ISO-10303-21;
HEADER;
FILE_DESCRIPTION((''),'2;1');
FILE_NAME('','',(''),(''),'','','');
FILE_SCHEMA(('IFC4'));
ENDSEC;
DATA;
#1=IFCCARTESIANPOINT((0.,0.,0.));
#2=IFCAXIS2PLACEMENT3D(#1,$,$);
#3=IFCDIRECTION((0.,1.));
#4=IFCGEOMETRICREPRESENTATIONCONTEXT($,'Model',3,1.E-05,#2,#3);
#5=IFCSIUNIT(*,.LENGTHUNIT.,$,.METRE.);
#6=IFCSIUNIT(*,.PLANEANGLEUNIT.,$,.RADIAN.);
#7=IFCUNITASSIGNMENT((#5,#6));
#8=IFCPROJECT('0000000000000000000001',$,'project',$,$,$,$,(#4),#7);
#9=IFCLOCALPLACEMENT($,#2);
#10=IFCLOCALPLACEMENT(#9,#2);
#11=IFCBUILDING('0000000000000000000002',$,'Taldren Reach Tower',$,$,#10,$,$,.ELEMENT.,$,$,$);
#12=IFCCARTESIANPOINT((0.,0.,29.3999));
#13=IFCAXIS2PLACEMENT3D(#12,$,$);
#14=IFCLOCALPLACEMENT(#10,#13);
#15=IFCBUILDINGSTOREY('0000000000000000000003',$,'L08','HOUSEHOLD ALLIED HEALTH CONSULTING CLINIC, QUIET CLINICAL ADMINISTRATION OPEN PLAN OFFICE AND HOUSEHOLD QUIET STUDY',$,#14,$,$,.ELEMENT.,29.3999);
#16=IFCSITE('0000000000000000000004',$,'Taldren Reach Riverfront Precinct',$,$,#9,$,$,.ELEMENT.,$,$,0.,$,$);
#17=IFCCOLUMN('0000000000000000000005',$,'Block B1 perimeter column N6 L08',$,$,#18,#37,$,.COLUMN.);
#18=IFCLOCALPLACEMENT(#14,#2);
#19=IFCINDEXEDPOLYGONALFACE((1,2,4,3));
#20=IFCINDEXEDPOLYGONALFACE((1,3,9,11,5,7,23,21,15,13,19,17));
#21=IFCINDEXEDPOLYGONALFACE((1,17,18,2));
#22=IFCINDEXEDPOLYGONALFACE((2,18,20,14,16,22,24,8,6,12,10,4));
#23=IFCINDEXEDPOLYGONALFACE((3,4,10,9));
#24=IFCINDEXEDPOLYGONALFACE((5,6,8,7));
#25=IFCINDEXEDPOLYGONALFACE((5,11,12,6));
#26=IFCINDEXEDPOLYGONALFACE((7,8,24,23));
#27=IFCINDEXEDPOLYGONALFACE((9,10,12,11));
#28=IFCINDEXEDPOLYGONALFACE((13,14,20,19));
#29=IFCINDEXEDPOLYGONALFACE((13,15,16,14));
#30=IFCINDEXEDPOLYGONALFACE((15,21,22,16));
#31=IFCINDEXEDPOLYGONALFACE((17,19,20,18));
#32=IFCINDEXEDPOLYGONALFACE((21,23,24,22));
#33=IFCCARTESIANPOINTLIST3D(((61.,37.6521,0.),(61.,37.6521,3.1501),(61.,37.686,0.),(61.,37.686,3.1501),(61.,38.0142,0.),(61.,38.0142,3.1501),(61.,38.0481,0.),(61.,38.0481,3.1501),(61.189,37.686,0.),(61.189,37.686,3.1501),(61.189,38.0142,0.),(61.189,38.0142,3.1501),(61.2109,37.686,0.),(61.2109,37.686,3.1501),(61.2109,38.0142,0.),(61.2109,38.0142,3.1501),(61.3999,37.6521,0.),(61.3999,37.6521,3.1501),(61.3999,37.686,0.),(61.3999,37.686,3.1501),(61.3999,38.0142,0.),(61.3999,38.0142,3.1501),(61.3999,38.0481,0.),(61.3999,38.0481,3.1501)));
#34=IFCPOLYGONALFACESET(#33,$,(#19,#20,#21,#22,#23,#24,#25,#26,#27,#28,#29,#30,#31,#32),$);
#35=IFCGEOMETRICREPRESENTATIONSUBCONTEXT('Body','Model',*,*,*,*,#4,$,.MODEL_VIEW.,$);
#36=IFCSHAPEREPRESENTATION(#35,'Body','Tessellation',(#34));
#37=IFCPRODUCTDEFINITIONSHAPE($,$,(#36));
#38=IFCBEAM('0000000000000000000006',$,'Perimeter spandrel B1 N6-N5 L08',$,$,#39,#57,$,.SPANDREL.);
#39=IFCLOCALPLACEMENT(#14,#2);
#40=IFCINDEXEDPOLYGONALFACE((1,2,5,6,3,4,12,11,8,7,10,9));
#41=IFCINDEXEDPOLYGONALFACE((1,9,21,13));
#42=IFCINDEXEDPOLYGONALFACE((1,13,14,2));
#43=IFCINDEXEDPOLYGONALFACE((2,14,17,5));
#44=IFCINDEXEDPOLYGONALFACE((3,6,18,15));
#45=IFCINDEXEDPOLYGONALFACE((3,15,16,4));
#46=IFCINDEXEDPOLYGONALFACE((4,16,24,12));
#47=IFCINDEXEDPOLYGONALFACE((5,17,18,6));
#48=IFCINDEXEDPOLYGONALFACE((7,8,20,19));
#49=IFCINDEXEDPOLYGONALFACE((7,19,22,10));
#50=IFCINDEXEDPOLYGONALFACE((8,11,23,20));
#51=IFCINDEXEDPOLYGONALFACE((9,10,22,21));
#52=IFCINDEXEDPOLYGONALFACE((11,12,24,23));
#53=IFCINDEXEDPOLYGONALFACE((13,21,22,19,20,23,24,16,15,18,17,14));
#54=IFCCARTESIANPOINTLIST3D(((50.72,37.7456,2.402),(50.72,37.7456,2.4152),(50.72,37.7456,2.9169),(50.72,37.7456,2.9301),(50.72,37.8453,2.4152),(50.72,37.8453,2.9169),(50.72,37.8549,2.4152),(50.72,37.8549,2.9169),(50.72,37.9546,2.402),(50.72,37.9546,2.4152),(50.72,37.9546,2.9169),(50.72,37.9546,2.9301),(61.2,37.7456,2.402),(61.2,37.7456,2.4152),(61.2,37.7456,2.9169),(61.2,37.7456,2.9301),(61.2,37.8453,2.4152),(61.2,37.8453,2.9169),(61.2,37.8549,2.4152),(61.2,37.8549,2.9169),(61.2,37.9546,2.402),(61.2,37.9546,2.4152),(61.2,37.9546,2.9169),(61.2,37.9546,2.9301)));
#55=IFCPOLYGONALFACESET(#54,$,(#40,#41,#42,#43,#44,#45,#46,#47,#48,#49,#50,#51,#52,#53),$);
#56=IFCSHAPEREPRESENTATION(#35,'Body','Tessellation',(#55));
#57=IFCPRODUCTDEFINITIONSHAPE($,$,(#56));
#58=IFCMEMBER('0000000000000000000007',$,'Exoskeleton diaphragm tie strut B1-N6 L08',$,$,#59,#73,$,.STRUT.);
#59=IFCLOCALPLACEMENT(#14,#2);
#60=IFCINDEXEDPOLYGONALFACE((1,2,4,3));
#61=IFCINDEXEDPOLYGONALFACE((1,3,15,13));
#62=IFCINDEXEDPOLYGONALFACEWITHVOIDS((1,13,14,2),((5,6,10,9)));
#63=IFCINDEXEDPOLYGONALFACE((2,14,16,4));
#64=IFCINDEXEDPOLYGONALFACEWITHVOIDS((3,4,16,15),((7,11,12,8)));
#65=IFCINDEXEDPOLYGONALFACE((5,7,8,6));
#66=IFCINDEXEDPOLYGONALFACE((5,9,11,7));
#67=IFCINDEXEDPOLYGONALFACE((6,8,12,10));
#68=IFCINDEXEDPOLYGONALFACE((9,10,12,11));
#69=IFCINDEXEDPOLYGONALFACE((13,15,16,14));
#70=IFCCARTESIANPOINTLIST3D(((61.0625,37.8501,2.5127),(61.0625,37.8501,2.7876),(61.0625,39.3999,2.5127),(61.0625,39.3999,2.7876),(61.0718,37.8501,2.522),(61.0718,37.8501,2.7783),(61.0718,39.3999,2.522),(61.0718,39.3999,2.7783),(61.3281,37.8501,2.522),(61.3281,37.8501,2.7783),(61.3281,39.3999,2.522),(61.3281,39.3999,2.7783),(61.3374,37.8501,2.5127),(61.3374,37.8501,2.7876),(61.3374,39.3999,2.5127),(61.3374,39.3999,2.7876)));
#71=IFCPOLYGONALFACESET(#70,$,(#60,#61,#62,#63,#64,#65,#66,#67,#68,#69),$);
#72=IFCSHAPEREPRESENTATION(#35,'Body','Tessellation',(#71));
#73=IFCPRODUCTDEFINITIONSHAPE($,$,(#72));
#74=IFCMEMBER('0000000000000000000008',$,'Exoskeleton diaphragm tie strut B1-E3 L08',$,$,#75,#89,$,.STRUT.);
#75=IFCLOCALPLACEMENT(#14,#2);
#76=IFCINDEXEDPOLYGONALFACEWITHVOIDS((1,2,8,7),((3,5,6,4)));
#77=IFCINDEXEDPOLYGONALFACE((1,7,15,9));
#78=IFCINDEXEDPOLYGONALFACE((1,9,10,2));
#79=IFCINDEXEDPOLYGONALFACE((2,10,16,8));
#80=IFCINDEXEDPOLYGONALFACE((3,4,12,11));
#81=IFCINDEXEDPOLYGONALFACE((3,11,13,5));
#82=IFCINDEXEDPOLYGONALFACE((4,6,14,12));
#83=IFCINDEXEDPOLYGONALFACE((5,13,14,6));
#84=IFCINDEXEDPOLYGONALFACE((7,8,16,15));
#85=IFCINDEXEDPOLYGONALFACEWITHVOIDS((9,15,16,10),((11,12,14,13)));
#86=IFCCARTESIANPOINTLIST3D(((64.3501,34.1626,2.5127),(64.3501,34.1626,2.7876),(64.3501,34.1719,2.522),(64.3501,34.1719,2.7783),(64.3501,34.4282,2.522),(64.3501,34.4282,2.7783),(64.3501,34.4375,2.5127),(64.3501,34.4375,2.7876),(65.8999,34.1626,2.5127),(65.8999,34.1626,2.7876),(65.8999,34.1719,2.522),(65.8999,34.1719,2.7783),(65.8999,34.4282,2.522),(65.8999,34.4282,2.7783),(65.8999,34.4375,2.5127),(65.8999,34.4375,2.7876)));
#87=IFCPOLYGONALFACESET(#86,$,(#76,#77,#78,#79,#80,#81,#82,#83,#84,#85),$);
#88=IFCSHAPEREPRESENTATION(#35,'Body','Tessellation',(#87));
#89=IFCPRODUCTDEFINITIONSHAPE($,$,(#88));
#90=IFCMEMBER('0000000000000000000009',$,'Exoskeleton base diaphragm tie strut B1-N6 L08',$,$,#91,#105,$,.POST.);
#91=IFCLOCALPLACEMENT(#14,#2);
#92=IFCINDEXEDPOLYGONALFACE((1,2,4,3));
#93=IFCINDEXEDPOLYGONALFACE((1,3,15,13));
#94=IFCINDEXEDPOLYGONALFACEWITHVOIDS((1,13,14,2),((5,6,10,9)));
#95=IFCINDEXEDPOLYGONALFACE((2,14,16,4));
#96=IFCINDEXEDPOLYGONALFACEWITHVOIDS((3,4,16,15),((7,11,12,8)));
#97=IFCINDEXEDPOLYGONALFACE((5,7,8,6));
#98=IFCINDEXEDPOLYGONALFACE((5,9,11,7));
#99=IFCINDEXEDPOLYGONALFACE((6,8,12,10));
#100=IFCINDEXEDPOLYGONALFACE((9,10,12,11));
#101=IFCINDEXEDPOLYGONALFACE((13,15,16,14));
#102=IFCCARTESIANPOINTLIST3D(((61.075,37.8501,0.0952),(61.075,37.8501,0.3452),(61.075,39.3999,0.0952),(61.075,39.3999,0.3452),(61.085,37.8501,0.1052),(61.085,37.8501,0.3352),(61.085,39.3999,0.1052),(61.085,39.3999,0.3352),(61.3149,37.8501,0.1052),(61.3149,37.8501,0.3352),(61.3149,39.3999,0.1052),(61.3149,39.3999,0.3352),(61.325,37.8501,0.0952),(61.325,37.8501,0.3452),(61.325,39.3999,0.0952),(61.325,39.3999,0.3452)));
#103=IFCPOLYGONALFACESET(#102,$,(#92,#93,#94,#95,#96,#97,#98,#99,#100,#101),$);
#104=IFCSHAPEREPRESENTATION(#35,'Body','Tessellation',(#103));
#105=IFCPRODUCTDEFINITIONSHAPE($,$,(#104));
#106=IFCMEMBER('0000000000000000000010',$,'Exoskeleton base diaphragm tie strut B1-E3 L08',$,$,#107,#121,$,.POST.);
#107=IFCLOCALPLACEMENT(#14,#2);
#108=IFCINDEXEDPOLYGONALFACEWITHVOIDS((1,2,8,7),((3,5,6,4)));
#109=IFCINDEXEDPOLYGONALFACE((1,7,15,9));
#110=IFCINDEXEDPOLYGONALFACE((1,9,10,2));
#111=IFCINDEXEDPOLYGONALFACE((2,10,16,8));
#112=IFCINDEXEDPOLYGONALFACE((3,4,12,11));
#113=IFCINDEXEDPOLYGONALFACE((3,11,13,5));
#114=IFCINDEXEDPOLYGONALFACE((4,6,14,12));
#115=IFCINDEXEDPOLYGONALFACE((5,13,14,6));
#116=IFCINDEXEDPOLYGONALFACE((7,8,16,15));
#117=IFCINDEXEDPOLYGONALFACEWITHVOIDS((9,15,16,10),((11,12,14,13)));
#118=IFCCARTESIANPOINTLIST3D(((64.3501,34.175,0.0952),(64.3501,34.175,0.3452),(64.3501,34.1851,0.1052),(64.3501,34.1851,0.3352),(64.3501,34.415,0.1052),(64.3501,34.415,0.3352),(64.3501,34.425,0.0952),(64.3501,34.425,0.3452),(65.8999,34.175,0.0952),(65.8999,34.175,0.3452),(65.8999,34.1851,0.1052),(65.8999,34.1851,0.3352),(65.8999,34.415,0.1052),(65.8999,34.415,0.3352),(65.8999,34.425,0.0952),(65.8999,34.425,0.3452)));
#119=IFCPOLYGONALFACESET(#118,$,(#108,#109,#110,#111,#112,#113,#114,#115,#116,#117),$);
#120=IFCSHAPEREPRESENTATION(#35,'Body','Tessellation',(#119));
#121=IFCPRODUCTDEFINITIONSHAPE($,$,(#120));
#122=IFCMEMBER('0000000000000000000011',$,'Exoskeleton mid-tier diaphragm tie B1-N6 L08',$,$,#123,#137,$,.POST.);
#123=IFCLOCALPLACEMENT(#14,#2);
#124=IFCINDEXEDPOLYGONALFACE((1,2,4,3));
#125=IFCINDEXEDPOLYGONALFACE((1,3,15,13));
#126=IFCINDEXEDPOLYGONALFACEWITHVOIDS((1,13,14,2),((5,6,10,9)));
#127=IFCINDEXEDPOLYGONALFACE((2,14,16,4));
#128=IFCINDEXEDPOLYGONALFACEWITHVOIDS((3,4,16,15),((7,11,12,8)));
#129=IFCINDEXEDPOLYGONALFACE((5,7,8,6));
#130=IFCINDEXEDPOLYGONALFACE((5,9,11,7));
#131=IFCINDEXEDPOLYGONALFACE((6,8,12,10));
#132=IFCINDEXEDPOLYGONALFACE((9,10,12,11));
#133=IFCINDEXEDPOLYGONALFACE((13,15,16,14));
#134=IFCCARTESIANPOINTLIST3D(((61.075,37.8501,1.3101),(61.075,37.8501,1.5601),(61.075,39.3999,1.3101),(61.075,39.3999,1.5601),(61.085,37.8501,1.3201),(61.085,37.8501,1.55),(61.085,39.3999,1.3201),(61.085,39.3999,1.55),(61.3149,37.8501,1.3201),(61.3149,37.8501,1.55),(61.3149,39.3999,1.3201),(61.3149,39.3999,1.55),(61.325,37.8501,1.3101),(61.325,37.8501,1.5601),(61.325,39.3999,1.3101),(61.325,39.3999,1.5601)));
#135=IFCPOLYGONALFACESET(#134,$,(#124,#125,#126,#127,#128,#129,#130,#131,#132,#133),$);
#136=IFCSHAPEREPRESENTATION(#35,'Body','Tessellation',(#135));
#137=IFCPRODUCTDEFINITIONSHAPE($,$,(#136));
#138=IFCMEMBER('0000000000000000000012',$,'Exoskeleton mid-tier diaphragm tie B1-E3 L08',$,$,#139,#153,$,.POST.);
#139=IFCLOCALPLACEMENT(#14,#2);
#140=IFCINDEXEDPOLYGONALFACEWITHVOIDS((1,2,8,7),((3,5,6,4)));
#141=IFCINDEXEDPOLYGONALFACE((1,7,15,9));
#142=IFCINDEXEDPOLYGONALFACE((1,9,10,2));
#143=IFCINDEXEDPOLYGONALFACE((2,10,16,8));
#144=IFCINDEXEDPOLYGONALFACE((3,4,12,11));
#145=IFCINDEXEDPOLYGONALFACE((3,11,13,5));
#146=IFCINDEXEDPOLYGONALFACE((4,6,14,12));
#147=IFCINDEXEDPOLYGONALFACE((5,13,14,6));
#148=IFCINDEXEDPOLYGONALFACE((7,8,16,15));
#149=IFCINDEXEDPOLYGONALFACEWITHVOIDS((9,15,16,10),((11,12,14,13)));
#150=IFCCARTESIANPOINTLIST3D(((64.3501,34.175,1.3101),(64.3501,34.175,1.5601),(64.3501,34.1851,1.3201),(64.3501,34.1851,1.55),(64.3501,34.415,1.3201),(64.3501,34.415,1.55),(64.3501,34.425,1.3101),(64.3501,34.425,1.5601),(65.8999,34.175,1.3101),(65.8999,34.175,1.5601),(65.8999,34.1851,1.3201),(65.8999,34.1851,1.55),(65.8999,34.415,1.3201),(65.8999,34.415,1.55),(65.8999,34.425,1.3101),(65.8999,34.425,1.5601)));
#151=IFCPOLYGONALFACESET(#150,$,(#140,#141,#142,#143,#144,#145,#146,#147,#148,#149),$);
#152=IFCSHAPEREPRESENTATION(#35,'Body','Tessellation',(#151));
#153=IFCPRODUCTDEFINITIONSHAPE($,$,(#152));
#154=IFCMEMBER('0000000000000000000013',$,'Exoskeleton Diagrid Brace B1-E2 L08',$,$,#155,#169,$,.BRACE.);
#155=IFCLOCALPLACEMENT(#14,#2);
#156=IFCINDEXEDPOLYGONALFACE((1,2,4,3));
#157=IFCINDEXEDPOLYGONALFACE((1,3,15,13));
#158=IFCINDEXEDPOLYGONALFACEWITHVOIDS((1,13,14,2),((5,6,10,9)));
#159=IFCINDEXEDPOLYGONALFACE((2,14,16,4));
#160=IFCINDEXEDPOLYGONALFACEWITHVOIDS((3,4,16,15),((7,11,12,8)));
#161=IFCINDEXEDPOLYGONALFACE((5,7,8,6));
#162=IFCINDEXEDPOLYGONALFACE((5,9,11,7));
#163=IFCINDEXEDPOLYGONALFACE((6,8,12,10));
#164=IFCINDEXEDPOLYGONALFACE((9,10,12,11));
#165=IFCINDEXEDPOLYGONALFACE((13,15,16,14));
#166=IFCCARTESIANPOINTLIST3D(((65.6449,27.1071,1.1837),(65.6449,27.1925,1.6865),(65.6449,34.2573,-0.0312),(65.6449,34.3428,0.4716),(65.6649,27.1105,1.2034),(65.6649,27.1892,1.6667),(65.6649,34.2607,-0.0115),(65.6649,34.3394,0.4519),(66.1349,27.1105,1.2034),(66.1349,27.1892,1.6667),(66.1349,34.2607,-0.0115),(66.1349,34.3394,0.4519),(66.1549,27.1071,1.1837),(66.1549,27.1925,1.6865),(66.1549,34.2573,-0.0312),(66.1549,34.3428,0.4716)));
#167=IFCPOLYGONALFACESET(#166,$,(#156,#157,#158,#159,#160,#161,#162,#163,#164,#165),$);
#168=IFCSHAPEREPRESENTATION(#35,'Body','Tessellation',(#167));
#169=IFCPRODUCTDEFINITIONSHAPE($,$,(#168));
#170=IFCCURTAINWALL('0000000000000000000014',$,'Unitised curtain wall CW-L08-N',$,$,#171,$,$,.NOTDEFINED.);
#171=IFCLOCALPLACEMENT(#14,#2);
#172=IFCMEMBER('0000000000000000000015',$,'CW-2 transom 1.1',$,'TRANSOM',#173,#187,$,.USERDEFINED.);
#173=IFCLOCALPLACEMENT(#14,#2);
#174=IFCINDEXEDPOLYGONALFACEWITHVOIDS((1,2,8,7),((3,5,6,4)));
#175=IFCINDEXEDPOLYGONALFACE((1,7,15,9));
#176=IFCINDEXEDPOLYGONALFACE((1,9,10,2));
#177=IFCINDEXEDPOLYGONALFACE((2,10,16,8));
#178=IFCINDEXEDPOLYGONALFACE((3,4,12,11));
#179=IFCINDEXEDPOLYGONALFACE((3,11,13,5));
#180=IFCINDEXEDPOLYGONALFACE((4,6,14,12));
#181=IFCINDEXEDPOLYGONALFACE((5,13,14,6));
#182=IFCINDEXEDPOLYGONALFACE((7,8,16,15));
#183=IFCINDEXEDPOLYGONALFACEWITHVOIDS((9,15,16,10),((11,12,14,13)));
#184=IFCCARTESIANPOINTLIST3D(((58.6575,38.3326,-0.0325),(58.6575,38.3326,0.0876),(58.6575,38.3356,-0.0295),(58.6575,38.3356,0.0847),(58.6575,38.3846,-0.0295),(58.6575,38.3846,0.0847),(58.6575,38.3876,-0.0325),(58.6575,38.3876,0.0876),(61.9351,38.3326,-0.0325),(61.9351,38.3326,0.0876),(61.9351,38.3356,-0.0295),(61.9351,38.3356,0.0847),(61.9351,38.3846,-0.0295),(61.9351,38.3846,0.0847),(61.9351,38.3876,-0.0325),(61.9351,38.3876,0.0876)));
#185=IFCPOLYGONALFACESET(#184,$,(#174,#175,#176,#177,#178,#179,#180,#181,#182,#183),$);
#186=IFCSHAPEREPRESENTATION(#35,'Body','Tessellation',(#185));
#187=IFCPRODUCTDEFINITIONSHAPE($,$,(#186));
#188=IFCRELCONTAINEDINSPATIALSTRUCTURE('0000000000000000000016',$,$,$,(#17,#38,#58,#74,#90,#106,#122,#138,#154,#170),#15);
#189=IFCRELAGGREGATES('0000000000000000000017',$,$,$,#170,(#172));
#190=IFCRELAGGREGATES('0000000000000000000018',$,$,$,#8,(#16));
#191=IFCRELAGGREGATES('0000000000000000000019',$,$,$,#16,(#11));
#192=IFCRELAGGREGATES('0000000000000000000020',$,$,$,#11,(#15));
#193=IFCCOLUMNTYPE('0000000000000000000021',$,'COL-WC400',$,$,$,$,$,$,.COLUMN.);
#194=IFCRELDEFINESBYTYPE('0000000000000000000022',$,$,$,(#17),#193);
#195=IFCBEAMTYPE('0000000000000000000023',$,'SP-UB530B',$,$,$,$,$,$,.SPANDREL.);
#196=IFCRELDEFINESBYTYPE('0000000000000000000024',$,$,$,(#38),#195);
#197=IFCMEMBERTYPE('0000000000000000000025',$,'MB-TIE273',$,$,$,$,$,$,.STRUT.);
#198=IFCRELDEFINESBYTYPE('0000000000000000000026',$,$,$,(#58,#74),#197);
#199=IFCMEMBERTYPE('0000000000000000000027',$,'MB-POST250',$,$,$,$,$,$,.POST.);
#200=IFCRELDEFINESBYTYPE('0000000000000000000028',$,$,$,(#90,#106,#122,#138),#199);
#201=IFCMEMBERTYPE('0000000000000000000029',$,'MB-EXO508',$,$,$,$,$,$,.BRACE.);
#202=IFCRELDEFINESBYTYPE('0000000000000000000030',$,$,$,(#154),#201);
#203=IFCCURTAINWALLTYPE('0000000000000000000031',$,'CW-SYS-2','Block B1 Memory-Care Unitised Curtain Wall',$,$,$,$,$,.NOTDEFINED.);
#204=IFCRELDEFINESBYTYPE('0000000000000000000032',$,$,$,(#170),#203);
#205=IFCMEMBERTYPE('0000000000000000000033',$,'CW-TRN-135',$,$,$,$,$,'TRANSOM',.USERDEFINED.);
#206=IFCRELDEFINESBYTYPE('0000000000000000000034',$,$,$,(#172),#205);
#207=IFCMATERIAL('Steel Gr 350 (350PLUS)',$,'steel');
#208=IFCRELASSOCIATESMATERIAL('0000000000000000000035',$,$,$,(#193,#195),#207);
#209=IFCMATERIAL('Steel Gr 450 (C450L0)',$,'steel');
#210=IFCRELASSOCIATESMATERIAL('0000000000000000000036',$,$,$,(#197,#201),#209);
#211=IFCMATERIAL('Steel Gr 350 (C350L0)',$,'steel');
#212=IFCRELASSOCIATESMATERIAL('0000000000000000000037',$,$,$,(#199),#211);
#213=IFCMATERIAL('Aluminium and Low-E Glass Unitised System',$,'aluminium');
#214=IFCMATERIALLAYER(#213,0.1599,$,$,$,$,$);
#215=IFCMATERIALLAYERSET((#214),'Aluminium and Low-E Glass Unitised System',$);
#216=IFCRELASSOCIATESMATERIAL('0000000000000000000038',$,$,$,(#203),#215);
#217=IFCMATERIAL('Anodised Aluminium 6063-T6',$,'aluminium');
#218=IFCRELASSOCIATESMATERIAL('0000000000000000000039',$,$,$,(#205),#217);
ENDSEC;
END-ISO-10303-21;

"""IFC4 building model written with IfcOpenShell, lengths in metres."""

from ifc_helpers import new_model, si_unit, direction, frame, origin, origin_2d, place, context, subcontext, project, spatial, hollow_rectangle, i_section, extrude, source, transform, mapped, material, layer, layer_set, material_profile, profile_set, type_object, element, aggregate, save


model = new_model("IFC4")

# Units and contexts
model_context = context("Model", 3, precision=1e-05, world=origin(), true_north=direction((0.0, 1.0)))
body_context = subcontext(model_context, "Body", "Model", "MODEL_VIEW")
ifc_project = project(units=[si_unit("LENGTHUNIT", "METRE"), si_unit("PLANEANGLEUNIT", "RADIAN")], contexts=[model_context])

# Site, building, storey
site_placement = place(None, origin())
site = spatial("IfcSite", under=ifc_project, at=site_placement, Name="Taldren Reach Riverfront Precinct", CompositionType="ELEMENT", RefElevation=0.0)
building_placement = place(site_placement, origin())
building = spatial("IfcBuilding", under=site, at=building_placement, Name="Taldren Reach Tower", CompositionType="ELEMENT")
storey_placement = place(building_placement, frame((0.0, 0.0, 29.3999)))
storey = spatial("IfcBuildingStorey", under=building, at=storey_placement, Name="L08", Description="HOUSEHOLD ALLIED HEALTH CONSULTING CLINIC, QUIET CLINICAL ADMINISTRATION OPEN PLAN OFFICE AND HOUSEHOLD QUIET STUDY", CompositionType="ELEMENT", Elevation=29.3999)

# Column
ifc_material_1 = material(Name="Steel Gr 350 (350PLUS)", Category="steel")
ifc_material_profile_1 = material_profile(ifc_material_1, i_section(OverallWidth=0.3999, OverallDepth=0.396, WebThickness=0.022, FlangeThickness=0.0339, at=origin_2d()), Name="400WC270")
ifc_profile_set_1 = profile_set([ifc_material_profile_1], Name="Steel Gr 350 (350PLUS)")
column_type = type_object("IfcColumnType", Name="COL-WC400", PredefinedType="COLUMN", material=ifc_profile_set_1)
shared_shape_1 = source(origin(), body_context, "Body", "SweptSolid", [
    extrude(i_section(OverallWidth=0.3999, OverallDepth=0.396, WebThickness=0.022, FlangeThickness=0.0339, at=origin_2d()), origin(), (0.0, 0.0, 1.0), 3.1501),
])
column_placement = place(storey_placement, frame((61.2, 37.8501, 0.0), z_axis=(0.0, 0.0, 1.0), x_axis=(1.0, 0.0, 0.0)))
element("IfcColumn", 1, at=column_placement, inside=storey, type_object=column_type, Name="Block B1 perimeter column N6 L08", PredefinedType="COLUMN", context=body_context, shape_type="MappedRepresentation", body=[
    mapped(shared_shape_1, transform((0.0, 0.0, 0.0), scale=1.0)),
])

# Beam
ifc_material_profile_2 = material_profile(ifc_material_1, i_section(OverallWidth=0.209, OverallDepth=0.5281, WebThickness=0.0095, FlangeThickness=0.0132, at=origin_2d()), Name="530UB82.0")
ifc_profile_set_2 = profile_set([ifc_material_profile_2], Name="Steel Gr 350 (350PLUS)")
beam_type = type_object("IfcBeamType", Name="SP-UB530B", PredefinedType="SPANDREL", material=ifc_profile_set_2)
shared_shape_2 = source(origin(), body_context, "Body", "SweptSolid", [
    extrude(i_section(OverallWidth=0.209, OverallDepth=0.5281, WebThickness=0.0095, FlangeThickness=0.0132, at=origin_2d()), origin(), (0.0, 0.0, 1.0), 10.48),
])
beam_placement = place(storey_placement, frame((61.2, 37.8501, 2.666), z_axis=(-1.0, 0.0, 0.0), x_axis=(0.0, -1.0, 0.0)))
element("IfcBeam", 2, at=beam_placement, inside=storey, type_object=beam_type, Name="Perimeter spandrel B1 N6-N5 L08", PredefinedType="SPANDREL", context=body_context, shape_type="MappedRepresentation", body=[
    mapped(shared_shape_2, transform((0.0, 0.0, 0.0), scale=1.0)),
])

# Members
ifc_material_2 = material(Name="Steel Gr 450 (C450L0)", Category="steel")
ifc_material_profile_3 = material_profile(ifc_material_2, hollow_rectangle(XDim=0.2749, YDim=0.2749, WallThickness=0.0093, at=origin_2d()), Name="275x275x9.3SHS")
ifc_profile_set_3 = profile_set([ifc_material_profile_3], Name="Steel Gr 450 (C450L0)")
member_type_1 = type_object("IfcMemberType", Name="MB-TIE273", PredefinedType="STRUT", material=ifc_profile_set_3)
shared_shape_3 = source(origin(), body_context, "Body", "SweptSolid", [
    extrude(hollow_rectangle(XDim=0.2749, YDim=0.2749, WallThickness=0.0093, at=origin_2d()), origin(), (0.0, 0.0, 1.0), 1.5498),
])
for number, where, z_axis, x_axis, name in (
    (3, (61.2, 37.8501, 2.6501), (0.0, 1.0, 0.0), (-1.0, 0.0, 0.0), "Exoskeleton diaphragm tie strut B1-N6 L08"),
    (4, (64.3501, 34.3, 2.6501), (1.0, 0.0, 0.0), (0.0, 1.0, 0.0), "Exoskeleton diaphragm tie strut B1-E3 L08"),
):
    element("IfcMember", number, at=place(storey_placement, frame(where, z_axis=z_axis, x_axis=x_axis)), inside=storey, type_object=member_type_1, Name=name, PredefinedType="STRUT", context=body_context, shape_type="MappedRepresentation", body=[
        mapped(shared_shape_3, transform((0.0, 0.0, 0.0), scale=1.0)),
    ])
ifc_material_3 = material(Name="Steel Gr 350 (C350L0)", Category="steel")
ifc_material_profile_4 = material_profile(ifc_material_3, hollow_rectangle(XDim=0.25, YDim=0.25, WallThickness=0.01, at=origin_2d()), Name="250x250x10.0SHS")
ifc_profile_set_4 = profile_set([ifc_material_profile_4], Name="Steel Gr 350 (C350L0)")
member_type_2 = type_object("IfcMemberType", Name="MB-POST250", PredefinedType="POST", material=ifc_profile_set_4)
shared_shape_4 = source(origin(), body_context, "Body", "SweptSolid", [
    extrude(hollow_rectangle(XDim=0.25, YDim=0.25, WallThickness=0.01, at=origin_2d()), origin(), (0.0, 0.0, 1.0), 1.5498),
])
for number, where, z_axis, x_axis, name in (
    (5, (61.2, 37.8501, 0.2202), (0.0, 1.0, 0.0), (-1.0, 0.0, 0.0), "Exoskeleton base diaphragm tie strut B1-N6 L08"),
    (6, (64.3501, 34.3, 0.2202), (1.0, 0.0, 0.0), (0.0, 1.0, 0.0), "Exoskeleton base diaphragm tie strut B1-E3 L08"),
    (7, (61.2, 37.8501, 1.4351), (0.0, 1.0, 0.0), (-1.0, 0.0, 0.0), "Exoskeleton mid-tier diaphragm tie B1-N6 L08"),
    (8, (64.3501, 34.3, 1.4351), (1.0, 0.0, 0.0), (0.0, 1.0, 0.0), "Exoskeleton mid-tier diaphragm tie B1-E3 L08"),
):
    element("IfcMember", number, at=place(storey_placement, frame(where, z_axis=z_axis, x_axis=x_axis)), inside=storey, type_object=member_type_2, Name=name, PredefinedType="POST", context=body_context, shape_type="MappedRepresentation", body=[
        mapped(shared_shape_4, transform((0.0, 0.0, 0.0), scale=1.0)),
    ])
ifc_material_profile_5 = material_profile(ifc_material_2, hollow_rectangle(XDim=0.51, YDim=0.51, WallThickness=0.02, at=origin_2d()), Name="510x510x20.0SHS")
ifc_profile_set_5 = profile_set([ifc_material_profile_5], Name="Steel Gr 450 (C450L0)")
member_type_3 = type_object("IfcMemberType", Name="MB-EXO508", PredefinedType="BRACE", material=ifc_profile_set_5)
shared_shape_5 = source(origin(), body_context, "Body", "SweptSolid", [
    extrude(hollow_rectangle(XDim=0.51, YDim=0.51, WallThickness=0.02, at=origin_2d()), origin(), (0.0, 0.0, 1.0), 7.2527),
])
member_1_placement = place(storey_placement, frame((65.8999, 34.3, 0.2202), z_axis=(0.0, -0.985871, 0.167504), x_axis=(1.0, 0.0, 0.0)))
element("IfcMember", 9, at=member_1_placement, inside=storey, type_object=member_type_3, Name="Exoskeleton Diagrid Brace B1-E2 L08", PredefinedType="BRACE", context=body_context, shape_type="MappedRepresentation", body=[
    mapped(shared_shape_5, transform((0.0, 0.0, 0.0), scale=1.0)),
])

# Curtain wall, member
ifc_material_4 = material(Name="Aluminium and Low-E Glass Unitised System", Category="aluminium")
ifc_layer_1 = layer(ifc_material_4, 0.1599)
ifc_layer_set_1 = layer_set([ifc_layer_1], Name="Aluminium and Low-E Glass Unitised System")
curtain_wall_type = type_object("IfcCurtainWallType", Name="CW-SYS-2", Description="Block B1 Memory-Care Unitised Curtain Wall", PredefinedType="NOTDEFINED", material=ifc_layer_set_1)
curtain_wall_1_placement = place(storey_placement, origin())
curtain_wall_1 = element("IfcCurtainWall", 10, at=curtain_wall_1_placement, inside=storey, type_object=curtain_wall_type, Name="Unitised curtain wall CW-L08-N", PredefinedType="NOTDEFINED")
ifc_material_5 = material(Name="Anodised Aluminium 6063-T6", Category="aluminium")
ifc_material_profile_6 = material_profile(ifc_material_5, hollow_rectangle(XDim=0.0549, YDim=0.1201, WallThickness=0.0029, at=origin_2d()), Name="ALU-120x55x3RHS")
ifc_profile_set_6 = profile_set([ifc_material_profile_6], Name="Anodised Aluminium 6063-T6")
member_type_4 = type_object("IfcMemberType", Name="CW-TRN-135", ElementType="TRANSOM", PredefinedType="USERDEFINED", material=ifc_profile_set_6)
shared_shape_6 = source(origin(), body_context, "Body", "SweptSolid", [
    extrude(hollow_rectangle(XDim=0.0549, YDim=0.1201, WallThickness=0.0029, at=origin_2d()), origin(), (0.0, 0.0, 1.0), 3.2776),
])
member_2_placement = place(storey_placement, frame((61.9351, 38.3601, 0.0276), z_axis=(-1.0, 0.0, 0.0), x_axis=(0.0, -1.0, 0.0)))
member_2 = element("IfcMember", 11, at=member_2_placement, type_object=member_type_4, Name="CW-2 transom 1.1", ObjectType="TRANSOM", PredefinedType="USERDEFINED", context=body_context, shape_type="MappedRepresentation", body=[
    mapped(shared_shape_6, transform((0.0, 0.0, 0.0), scale=1.0)),
])

aggregate(curtain_wall_1, [member_2])

save(model, "model.ifc")
